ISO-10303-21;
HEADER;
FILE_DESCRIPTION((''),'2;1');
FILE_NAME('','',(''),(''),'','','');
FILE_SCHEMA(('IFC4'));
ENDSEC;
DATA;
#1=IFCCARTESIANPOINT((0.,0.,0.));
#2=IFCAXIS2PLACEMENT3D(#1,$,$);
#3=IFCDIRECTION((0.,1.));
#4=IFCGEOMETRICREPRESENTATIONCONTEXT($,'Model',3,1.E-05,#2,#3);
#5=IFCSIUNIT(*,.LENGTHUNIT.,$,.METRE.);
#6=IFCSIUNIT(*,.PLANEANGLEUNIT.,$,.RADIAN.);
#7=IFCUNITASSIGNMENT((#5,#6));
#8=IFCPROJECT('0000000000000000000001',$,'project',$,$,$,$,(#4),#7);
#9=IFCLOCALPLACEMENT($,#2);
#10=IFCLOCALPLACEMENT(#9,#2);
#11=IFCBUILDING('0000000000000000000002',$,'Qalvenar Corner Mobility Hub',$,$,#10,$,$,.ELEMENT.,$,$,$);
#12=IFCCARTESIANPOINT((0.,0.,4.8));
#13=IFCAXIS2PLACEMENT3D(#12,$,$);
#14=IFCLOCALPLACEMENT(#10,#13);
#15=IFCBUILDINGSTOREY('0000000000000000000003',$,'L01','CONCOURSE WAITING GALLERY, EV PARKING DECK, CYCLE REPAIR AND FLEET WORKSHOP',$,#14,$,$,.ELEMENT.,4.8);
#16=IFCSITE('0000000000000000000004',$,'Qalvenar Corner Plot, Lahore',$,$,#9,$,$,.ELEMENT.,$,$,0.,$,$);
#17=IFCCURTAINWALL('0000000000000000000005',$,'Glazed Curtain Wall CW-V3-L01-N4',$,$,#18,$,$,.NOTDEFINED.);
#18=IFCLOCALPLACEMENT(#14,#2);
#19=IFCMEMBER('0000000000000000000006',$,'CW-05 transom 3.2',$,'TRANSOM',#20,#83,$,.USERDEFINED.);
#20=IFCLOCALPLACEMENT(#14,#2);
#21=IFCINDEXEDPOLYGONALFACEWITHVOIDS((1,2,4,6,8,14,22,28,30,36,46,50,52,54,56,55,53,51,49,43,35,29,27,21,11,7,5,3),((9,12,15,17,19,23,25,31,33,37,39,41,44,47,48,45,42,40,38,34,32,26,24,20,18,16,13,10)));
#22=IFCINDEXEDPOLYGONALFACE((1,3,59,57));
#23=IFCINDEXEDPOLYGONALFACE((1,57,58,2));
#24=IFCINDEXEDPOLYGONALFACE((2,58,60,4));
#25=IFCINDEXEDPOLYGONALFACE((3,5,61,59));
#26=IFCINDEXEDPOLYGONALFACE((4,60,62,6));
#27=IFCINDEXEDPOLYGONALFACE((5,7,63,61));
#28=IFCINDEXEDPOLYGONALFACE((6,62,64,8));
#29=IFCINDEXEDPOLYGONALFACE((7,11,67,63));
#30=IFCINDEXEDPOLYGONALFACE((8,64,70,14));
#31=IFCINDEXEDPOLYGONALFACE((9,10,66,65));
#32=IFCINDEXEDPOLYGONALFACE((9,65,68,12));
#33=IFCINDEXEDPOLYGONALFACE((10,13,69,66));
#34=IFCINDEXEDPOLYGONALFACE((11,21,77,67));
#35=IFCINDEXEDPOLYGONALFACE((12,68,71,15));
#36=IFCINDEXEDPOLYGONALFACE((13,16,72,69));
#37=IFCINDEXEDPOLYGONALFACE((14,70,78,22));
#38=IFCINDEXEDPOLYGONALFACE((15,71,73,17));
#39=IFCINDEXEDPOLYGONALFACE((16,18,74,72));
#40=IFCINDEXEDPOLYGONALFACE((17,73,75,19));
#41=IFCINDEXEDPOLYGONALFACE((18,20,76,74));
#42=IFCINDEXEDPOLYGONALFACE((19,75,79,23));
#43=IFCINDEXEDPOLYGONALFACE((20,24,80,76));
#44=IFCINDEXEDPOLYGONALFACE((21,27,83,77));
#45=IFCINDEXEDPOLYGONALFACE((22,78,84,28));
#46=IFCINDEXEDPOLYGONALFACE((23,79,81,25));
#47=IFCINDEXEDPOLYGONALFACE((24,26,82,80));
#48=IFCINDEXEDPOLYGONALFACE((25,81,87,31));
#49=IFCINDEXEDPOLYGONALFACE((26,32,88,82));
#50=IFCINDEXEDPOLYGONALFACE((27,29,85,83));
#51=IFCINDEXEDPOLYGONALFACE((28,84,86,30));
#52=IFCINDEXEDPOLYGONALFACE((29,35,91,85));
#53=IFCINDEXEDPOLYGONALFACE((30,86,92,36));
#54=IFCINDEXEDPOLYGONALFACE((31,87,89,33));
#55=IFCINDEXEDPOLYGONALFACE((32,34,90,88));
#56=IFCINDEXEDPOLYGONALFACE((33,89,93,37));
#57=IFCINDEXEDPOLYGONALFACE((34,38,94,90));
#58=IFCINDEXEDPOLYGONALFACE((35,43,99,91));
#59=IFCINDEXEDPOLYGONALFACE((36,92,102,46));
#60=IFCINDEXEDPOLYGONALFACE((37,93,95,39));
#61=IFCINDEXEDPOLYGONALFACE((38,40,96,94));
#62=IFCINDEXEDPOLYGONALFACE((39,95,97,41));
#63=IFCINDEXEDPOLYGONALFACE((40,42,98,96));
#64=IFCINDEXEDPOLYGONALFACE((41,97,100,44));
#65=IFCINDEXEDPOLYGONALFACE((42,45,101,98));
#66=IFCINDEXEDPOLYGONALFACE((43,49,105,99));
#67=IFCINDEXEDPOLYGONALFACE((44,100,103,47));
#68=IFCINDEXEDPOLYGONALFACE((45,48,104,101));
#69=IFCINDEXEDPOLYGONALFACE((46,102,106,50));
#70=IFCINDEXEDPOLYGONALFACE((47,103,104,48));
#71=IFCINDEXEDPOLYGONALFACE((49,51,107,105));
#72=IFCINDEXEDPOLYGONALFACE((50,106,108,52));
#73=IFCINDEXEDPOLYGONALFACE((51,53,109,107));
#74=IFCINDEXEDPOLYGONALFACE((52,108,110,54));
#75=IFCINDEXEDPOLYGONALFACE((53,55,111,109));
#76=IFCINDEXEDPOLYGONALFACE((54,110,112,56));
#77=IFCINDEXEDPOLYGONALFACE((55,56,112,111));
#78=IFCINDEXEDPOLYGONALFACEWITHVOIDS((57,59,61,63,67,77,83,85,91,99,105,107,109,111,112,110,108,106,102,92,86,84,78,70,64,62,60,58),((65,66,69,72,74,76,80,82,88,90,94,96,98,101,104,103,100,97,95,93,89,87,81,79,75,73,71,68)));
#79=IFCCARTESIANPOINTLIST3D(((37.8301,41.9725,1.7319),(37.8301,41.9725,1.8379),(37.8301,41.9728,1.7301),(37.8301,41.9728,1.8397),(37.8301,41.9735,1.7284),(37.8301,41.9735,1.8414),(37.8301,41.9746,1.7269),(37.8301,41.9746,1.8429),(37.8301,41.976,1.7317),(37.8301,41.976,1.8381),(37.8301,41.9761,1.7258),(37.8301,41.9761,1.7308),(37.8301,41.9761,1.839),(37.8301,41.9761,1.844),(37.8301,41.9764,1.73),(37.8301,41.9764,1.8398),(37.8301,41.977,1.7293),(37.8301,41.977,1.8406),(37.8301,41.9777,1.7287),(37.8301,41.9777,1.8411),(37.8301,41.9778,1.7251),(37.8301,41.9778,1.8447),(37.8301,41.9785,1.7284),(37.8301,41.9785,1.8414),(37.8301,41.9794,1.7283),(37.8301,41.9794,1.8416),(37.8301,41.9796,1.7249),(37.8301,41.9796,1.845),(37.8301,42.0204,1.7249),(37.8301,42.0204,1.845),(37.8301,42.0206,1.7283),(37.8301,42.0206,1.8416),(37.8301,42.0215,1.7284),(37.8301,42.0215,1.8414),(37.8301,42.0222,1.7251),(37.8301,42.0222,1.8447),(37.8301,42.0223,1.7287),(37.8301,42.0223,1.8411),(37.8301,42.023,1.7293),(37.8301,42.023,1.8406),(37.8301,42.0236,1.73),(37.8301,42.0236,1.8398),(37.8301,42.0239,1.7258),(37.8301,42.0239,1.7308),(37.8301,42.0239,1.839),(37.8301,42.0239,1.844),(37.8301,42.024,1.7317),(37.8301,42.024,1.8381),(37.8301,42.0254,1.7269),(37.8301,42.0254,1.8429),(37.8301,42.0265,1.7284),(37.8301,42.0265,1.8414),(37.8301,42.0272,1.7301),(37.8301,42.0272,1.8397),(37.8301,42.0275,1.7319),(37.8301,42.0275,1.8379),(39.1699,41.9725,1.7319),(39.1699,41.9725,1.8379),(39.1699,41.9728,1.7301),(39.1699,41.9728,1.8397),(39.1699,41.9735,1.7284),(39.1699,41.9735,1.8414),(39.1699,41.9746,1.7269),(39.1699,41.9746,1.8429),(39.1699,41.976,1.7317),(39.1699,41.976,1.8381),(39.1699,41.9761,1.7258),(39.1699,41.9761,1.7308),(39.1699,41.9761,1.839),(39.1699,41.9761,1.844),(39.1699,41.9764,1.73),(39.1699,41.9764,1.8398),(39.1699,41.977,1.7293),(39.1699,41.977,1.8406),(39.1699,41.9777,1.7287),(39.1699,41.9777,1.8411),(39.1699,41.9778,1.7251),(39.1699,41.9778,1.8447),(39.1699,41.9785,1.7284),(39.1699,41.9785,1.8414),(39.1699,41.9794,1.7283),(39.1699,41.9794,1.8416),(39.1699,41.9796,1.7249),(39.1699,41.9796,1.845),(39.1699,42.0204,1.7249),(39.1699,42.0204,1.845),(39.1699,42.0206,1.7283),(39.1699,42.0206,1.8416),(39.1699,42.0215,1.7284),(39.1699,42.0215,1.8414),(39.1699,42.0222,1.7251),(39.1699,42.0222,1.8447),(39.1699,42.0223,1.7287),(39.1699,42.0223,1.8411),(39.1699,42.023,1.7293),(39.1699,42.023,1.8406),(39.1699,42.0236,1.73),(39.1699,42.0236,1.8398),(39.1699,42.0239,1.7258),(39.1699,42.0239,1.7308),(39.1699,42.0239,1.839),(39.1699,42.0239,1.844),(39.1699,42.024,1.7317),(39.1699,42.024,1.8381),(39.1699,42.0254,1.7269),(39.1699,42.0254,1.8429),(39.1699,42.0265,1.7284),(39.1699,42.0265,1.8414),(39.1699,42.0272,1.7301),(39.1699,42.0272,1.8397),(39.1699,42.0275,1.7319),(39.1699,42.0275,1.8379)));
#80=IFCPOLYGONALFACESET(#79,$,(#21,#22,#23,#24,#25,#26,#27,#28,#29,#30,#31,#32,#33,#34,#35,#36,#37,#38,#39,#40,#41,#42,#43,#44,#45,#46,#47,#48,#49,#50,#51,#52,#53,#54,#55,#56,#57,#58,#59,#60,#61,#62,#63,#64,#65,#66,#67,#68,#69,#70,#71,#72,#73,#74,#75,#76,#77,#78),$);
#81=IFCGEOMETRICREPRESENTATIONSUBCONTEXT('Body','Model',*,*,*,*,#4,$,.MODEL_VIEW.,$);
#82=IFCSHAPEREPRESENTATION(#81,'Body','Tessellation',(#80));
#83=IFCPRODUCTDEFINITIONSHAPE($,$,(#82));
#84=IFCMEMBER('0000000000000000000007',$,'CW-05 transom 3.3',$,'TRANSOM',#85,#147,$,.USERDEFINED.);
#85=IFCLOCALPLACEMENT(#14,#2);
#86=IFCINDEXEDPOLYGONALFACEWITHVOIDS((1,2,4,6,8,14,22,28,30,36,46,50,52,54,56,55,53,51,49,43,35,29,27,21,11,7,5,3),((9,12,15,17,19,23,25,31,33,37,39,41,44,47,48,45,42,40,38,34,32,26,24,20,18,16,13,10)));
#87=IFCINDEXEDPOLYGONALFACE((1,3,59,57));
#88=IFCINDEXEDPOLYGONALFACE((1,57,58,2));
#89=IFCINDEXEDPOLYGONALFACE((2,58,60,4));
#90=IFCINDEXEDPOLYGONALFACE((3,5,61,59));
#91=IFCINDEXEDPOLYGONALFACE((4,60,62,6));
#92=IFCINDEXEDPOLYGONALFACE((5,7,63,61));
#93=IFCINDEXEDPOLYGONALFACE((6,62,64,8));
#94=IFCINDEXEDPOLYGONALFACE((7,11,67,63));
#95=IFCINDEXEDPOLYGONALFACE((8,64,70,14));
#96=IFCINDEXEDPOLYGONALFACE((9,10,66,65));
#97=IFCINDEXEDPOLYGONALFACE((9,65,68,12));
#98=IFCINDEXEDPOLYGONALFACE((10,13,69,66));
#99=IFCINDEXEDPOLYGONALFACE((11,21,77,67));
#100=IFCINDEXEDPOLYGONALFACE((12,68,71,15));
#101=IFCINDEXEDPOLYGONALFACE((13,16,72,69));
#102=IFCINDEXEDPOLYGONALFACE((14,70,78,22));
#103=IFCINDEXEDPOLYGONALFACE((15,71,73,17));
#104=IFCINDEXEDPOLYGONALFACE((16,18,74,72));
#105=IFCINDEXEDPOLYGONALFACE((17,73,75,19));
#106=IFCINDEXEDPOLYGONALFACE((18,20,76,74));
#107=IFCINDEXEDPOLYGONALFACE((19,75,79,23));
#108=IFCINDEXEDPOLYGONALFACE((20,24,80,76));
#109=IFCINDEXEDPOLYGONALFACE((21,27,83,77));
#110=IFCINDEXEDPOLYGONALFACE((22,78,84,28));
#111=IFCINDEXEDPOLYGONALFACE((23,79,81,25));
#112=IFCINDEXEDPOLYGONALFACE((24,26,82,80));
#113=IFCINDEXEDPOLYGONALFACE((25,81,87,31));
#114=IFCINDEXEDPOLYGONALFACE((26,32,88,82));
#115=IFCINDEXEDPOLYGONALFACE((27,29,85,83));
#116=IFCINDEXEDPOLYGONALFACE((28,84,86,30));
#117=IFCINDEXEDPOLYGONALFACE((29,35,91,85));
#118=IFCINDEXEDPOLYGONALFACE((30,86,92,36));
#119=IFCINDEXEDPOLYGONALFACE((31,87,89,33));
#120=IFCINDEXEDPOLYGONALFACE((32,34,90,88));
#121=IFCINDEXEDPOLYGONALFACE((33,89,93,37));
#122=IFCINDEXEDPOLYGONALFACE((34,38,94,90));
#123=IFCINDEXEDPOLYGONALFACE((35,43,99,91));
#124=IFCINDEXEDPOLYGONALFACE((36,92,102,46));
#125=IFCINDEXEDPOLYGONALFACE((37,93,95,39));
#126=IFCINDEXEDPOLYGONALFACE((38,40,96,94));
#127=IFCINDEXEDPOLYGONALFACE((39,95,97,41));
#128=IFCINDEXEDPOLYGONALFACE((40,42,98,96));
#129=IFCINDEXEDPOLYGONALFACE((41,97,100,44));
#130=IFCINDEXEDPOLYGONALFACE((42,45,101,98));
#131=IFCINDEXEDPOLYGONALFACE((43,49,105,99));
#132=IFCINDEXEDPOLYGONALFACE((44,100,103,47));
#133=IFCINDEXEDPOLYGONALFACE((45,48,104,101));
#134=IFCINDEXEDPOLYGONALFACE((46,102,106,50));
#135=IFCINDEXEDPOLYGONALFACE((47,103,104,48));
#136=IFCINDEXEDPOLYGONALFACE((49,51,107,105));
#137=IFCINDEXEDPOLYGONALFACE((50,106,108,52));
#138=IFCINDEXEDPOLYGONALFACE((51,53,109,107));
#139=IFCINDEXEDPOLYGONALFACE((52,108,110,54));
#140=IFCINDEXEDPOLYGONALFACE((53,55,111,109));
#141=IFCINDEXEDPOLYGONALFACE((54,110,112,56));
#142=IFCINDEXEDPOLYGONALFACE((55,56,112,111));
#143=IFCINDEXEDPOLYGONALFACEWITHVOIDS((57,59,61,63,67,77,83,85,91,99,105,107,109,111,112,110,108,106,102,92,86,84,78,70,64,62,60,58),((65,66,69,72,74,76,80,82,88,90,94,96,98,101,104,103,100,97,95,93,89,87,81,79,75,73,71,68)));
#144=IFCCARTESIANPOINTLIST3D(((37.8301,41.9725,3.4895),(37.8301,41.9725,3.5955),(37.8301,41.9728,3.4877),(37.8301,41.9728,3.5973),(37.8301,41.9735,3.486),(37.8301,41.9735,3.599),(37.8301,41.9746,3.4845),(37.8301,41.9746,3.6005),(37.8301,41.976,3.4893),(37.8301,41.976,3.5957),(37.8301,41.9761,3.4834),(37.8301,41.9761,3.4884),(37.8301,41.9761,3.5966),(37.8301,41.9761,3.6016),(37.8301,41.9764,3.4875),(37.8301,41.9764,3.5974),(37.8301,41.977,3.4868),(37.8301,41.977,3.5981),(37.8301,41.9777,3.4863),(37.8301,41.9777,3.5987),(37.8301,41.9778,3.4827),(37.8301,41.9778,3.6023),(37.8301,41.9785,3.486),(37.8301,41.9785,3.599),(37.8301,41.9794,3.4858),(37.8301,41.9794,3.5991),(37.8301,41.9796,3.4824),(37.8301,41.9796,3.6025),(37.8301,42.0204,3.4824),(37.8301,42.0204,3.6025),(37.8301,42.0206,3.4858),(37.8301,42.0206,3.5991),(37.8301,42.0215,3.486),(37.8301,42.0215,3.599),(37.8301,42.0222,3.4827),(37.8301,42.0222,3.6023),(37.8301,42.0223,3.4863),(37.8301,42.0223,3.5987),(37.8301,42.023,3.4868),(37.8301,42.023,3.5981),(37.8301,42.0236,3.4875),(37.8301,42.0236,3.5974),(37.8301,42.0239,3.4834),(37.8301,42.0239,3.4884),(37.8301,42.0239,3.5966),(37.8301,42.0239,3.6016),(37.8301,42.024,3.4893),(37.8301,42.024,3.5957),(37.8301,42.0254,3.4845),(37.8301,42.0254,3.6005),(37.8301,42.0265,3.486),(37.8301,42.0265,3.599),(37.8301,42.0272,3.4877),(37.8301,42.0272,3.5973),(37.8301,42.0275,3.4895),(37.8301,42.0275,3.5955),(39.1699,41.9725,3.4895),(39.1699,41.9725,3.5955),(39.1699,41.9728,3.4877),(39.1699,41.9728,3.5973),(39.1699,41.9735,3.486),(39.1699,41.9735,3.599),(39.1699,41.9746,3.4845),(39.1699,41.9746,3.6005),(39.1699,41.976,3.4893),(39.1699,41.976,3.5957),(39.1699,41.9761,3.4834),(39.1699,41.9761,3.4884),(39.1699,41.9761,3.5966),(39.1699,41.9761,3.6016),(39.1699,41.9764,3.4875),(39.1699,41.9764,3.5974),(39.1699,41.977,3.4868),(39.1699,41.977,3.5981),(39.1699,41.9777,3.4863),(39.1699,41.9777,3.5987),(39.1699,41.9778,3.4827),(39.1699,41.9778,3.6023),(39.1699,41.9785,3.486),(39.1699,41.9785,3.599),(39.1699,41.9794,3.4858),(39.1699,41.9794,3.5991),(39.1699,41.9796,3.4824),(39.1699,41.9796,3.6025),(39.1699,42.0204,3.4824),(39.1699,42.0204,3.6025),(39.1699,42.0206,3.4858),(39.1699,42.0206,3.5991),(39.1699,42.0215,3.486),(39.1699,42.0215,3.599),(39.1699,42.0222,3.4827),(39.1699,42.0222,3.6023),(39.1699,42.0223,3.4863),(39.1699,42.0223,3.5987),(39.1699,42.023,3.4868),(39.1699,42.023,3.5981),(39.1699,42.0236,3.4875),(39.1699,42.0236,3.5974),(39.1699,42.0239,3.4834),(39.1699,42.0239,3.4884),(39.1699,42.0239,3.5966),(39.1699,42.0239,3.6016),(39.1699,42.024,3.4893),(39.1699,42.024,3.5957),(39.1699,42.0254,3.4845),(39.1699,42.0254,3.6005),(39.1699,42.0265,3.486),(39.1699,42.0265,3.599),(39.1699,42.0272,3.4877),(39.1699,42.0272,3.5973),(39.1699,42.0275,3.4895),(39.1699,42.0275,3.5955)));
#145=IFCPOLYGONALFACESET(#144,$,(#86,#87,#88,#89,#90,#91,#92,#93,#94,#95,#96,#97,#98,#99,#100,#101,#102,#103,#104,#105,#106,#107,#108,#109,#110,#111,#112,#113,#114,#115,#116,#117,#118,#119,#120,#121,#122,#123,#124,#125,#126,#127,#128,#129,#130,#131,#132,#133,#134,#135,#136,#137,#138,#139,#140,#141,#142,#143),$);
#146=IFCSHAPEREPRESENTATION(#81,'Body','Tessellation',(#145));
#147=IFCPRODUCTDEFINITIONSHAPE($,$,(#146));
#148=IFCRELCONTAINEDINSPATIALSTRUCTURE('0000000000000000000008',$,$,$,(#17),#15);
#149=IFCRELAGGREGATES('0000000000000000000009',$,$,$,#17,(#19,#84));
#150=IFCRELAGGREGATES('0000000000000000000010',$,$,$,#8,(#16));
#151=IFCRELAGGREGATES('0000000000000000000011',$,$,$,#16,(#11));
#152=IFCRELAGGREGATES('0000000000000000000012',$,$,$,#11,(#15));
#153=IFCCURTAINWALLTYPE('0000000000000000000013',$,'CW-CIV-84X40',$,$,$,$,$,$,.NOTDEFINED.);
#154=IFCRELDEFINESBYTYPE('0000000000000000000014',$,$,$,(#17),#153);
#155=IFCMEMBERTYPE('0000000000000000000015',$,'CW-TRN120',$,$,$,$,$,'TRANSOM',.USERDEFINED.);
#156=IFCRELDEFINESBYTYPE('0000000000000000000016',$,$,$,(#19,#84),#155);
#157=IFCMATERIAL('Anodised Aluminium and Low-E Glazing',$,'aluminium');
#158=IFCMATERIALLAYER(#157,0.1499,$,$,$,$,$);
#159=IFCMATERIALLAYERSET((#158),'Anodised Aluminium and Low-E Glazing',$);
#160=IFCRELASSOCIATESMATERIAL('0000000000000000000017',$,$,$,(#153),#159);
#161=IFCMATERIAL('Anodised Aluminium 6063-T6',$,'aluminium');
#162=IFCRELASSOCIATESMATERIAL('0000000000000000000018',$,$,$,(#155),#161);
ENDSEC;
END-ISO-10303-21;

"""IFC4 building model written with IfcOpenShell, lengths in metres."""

from ifc_helpers import new_model, si_unit, direction, frame, origin, origin_2d, place, context, subcontext, project, spatial, hollow_rectangle, extrude, material, layer, layer_set, material_profile, profile_set, type_object, element, aggregate, save


model = new_model("IFC4")

# Units and contexts
model_context = context("Model", 3, precision=1e-05, world=origin(), true_north=direction((0.0, 1.0)))
body_context = subcontext(model_context, "Body", "Model", "MODEL_VIEW")
ifc_project = project(units=[si_unit("LENGTHUNIT", "METRE"), si_unit("PLANEANGLEUNIT", "RADIAN")], contexts=[model_context])

# Site, building, storey
site_placement = place(None, origin())
site = spatial("IfcSite", under=ifc_project, at=site_placement, Name="Qalvenar Corner Plot, Lahore", CompositionType="ELEMENT", RefElevation=0.0)
building_placement = place(site_placement, origin())
building = spatial("IfcBuilding", under=site, at=building_placement, Name="Qalvenar Corner Mobility Hub", CompositionType="ELEMENT")
storey_placement = place(building_placement, frame((0.0, 0.0, 4.8)))
storey = spatial("IfcBuildingStorey", under=building, at=storey_placement, Name="L01", Description="CONCOURSE WAITING GALLERY, EV PARKING DECK, CYCLE REPAIR AND FLEET WORKSHOP", CompositionType="ELEMENT", Elevation=4.8)

# Curtain wall, members
ifc_material_1 = material(Name="Anodised Aluminium and Low-E Glazing", Category="aluminium")
ifc_layer_1 = layer(ifc_material_1, 0.1499)
ifc_layer_set_1 = layer_set([ifc_layer_1], Name="Anodised Aluminium and Low-E Glazing")
curtain_wall_type = type_object("IfcCurtainWallType", Name="CW-CIV-84X40", PredefinedType="NOTDEFINED", material=ifc_layer_set_1)
curtain_wall_placement = place(storey_placement, origin())
curtain_wall = element("IfcCurtainWall", 1, at=curtain_wall_placement, inside=storey, type_object=curtain_wall_type, Name="Glazed Curtain Wall CW-V3-L01-N4", PredefinedType="NOTDEFINED")
ifc_material_2 = material(Name="Anodised Aluminium 6063-T6", Category="aluminium")
ifc_material_profile_1 = material_profile(ifc_material_2, hollow_rectangle(XDim=0.0549, YDim=0.1201, WallThickness=0.0034, InnerFilletRadius=0.0034, OuterFilletRadius=0.0071, at=origin_2d()), Name="RHS120x55x3.5")
ifc_profile_set_1 = profile_set([ifc_material_profile_1], Name="Anodised Aluminium 6063-T6")
member_type_1 = type_object("IfcMemberType", Name="CW-TRN120", ElementType="TRANSOM", PredefinedType="USERDEFINED", material=ifc_profile_set_1)
member_1_placement = place(storey_placement, frame((39.1699, 42.0, 1.7849), z_axis=(-1.0, 0.0, 0.0), x_axis=(0.0, -1.0, 0.0)))
member_1 = element("IfcMember", 2, at=member_1_placement, type_object=member_type_1, Name="CW-05 transom 3.2", ObjectType="TRANSOM", PredefinedType="USERDEFINED", context=body_context, shape_type="SweptSolid", body=[
    extrude(hollow_rectangle(XDim=0.0549, YDim=0.1201, WallThickness=0.0034, InnerFilletRadius=0.0034, OuterFilletRadius=0.0071, at=origin_2d()), origin(), (0.0, 0.0, 1.0), 1.3398),
])
member_2_placement = place(storey_placement, frame((39.1699, 42.0, 3.5425), z_axis=(-1.0, 0.0, 0.0), x_axis=(0.0, -1.0, 0.0)))
member_2 = element("IfcMember", 3, at=member_2_placement, type_object=member_type_1, Name="CW-05 transom 3.3", ObjectType="TRANSOM", PredefinedType="USERDEFINED", context=body_context, shape_type="SweptSolid", body=[
    extrude(hollow_rectangle(XDim=0.0549, YDim=0.1201, WallThickness=0.0034, InnerFilletRadius=0.0034, OuterFilletRadius=0.0071, at=origin_2d()), origin(), (0.0, 0.0, 1.0), 1.3398),
])
aggregate(curtain_wall, [member_1, member_2])

save(model, "model.ifc")
